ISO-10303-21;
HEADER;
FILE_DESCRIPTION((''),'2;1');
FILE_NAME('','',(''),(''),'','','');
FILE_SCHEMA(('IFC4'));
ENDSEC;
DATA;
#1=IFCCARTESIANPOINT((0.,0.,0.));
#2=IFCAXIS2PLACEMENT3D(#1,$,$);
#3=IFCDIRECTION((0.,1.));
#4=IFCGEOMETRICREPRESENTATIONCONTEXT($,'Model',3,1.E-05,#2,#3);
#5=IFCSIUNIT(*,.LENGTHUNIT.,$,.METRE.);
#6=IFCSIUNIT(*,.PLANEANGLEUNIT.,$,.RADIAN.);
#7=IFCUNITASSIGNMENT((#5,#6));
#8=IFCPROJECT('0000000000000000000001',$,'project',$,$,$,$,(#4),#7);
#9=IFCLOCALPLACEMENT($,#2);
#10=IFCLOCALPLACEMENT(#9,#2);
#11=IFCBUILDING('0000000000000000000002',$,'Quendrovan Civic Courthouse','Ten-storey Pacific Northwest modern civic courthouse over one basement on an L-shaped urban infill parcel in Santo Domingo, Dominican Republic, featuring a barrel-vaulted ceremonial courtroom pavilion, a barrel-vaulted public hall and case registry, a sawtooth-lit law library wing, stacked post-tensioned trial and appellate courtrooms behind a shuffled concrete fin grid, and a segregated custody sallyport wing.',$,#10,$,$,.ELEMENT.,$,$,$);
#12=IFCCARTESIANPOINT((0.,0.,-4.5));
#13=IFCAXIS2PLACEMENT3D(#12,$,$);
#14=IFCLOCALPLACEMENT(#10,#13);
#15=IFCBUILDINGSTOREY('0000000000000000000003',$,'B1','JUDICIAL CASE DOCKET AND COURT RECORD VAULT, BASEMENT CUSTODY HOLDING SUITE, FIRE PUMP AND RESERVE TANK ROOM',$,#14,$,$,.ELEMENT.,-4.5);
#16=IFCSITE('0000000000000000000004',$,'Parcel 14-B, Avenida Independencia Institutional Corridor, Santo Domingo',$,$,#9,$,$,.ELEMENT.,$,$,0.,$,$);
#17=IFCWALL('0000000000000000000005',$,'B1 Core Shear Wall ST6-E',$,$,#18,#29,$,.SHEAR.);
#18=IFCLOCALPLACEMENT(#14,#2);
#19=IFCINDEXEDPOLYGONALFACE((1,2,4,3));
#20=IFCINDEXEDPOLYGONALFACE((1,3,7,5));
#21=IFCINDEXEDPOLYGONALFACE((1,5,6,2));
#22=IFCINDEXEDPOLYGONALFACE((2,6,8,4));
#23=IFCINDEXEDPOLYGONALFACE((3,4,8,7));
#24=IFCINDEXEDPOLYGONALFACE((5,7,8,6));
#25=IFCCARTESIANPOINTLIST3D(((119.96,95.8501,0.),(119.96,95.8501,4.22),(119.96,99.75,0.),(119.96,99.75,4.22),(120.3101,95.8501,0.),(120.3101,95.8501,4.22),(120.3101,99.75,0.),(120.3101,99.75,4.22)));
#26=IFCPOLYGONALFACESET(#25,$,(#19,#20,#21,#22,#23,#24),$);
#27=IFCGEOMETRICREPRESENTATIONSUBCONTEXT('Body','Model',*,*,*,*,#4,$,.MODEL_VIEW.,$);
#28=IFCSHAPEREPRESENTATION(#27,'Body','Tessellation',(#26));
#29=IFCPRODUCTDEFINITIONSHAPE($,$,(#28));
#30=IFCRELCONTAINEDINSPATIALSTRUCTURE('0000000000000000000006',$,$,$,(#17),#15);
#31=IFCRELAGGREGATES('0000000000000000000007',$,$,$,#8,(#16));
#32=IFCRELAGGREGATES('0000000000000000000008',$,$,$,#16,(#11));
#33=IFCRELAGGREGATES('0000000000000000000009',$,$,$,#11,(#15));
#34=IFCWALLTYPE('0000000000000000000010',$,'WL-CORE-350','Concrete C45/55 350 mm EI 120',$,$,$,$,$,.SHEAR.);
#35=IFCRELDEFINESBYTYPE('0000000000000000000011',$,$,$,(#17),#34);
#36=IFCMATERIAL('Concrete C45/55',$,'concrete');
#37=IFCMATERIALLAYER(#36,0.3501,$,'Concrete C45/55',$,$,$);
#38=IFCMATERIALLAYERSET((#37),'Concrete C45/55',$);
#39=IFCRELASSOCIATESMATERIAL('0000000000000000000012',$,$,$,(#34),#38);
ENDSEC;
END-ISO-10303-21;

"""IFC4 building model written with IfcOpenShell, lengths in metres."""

from ifc_helpers import new_model, si_unit, direction, frame, frame_2d, origin, place, context, subcontext, project, spatial, rectangle, extrude, material, layer, layer_set, type_object, element, save


model = new_model("IFC4")

# Units and contexts
model_context = context("Model", 3, precision=1e-05, world=origin(), true_north=direction((0.0, 1.0)))
body_context = subcontext(model_context, "Body", "Model", "MODEL_VIEW")
ifc_project = project(units=[si_unit("LENGTHUNIT", "METRE"), si_unit("PLANEANGLEUNIT", "RADIAN")], contexts=[model_context])

# Site, building, storey
site_placement = place(None, origin())
site = spatial("IfcSite", under=ifc_project, at=site_placement, Name="Parcel 14-B, Avenida Independencia Institutional Corridor, Santo Domingo", CompositionType="ELEMENT", RefElevation=0.0)
building_placement = place(site_placement, origin())
building = spatial("IfcBuilding", under=site, at=building_placement, Name="Quendrovan Civic Courthouse", Description="Ten-storey Pacific Northwest modern civic courthouse over one basement on an L-shaped urban infill parcel in Santo Domingo, Dominican Republic, featuring a barrel-vaulted ceremonial courtroom pavilion, a barrel-vaulted public hall and case registry, a sawtooth-lit law library wing, stacked post-tensioned trial and appellate courtrooms behind a shuffled concrete fin grid, and a segregated custody sallyport wing.", CompositionType="ELEMENT")
storey_placement = place(building_placement, frame((0.0, 0.0, -4.5)))
storey = spatial("IfcBuildingStorey", under=building, at=storey_placement, Name="B1", Description="JUDICIAL CASE DOCKET AND COURT RECORD VAULT, BASEMENT CUSTODY HOLDING SUITE, FIRE PUMP AND RESERVE TANK ROOM", CompositionType="ELEMENT", Elevation=-4.5)

# Shared definitions
ifc_material_1 = material(Name="Concrete C45/55", Category="concrete")

# Wall
ifc_layer_1 = layer(ifc_material_1, 0.3501, Name="Concrete C45/55")
ifc_layer_set_1 = layer_set([ifc_layer_1], Name="Concrete C45/55")
wall_type_1 = type_object("IfcWallType", Name="WL-CORE-350", Description="Concrete C45/55 350 mm EI 120", PredefinedType="SHEAR", material=ifc_layer_set_1)
wall_1_placement = place(storey_placement, frame((120.135, 99.75, 0.0), z_axis=(0.0, 0.0, 1.0), x_axis=(0.0, -1.0, 0.0)))
element("IfcWall", 1, at=wall_1_placement, inside=storey, type_object=wall_type_1, Name="B1 Core Shear Wall ST6-E", PredefinedType="SHEAR", context=body_context, shape_type="SweptSolid", body=[
    extrude(rectangle(XDim=3.8999, YDim=0.3501, at=frame_2d((1.95, 0.0))), origin(), (0.0, 0.0, 1.0), 4.22),
])

save(model, "model.ifc")
